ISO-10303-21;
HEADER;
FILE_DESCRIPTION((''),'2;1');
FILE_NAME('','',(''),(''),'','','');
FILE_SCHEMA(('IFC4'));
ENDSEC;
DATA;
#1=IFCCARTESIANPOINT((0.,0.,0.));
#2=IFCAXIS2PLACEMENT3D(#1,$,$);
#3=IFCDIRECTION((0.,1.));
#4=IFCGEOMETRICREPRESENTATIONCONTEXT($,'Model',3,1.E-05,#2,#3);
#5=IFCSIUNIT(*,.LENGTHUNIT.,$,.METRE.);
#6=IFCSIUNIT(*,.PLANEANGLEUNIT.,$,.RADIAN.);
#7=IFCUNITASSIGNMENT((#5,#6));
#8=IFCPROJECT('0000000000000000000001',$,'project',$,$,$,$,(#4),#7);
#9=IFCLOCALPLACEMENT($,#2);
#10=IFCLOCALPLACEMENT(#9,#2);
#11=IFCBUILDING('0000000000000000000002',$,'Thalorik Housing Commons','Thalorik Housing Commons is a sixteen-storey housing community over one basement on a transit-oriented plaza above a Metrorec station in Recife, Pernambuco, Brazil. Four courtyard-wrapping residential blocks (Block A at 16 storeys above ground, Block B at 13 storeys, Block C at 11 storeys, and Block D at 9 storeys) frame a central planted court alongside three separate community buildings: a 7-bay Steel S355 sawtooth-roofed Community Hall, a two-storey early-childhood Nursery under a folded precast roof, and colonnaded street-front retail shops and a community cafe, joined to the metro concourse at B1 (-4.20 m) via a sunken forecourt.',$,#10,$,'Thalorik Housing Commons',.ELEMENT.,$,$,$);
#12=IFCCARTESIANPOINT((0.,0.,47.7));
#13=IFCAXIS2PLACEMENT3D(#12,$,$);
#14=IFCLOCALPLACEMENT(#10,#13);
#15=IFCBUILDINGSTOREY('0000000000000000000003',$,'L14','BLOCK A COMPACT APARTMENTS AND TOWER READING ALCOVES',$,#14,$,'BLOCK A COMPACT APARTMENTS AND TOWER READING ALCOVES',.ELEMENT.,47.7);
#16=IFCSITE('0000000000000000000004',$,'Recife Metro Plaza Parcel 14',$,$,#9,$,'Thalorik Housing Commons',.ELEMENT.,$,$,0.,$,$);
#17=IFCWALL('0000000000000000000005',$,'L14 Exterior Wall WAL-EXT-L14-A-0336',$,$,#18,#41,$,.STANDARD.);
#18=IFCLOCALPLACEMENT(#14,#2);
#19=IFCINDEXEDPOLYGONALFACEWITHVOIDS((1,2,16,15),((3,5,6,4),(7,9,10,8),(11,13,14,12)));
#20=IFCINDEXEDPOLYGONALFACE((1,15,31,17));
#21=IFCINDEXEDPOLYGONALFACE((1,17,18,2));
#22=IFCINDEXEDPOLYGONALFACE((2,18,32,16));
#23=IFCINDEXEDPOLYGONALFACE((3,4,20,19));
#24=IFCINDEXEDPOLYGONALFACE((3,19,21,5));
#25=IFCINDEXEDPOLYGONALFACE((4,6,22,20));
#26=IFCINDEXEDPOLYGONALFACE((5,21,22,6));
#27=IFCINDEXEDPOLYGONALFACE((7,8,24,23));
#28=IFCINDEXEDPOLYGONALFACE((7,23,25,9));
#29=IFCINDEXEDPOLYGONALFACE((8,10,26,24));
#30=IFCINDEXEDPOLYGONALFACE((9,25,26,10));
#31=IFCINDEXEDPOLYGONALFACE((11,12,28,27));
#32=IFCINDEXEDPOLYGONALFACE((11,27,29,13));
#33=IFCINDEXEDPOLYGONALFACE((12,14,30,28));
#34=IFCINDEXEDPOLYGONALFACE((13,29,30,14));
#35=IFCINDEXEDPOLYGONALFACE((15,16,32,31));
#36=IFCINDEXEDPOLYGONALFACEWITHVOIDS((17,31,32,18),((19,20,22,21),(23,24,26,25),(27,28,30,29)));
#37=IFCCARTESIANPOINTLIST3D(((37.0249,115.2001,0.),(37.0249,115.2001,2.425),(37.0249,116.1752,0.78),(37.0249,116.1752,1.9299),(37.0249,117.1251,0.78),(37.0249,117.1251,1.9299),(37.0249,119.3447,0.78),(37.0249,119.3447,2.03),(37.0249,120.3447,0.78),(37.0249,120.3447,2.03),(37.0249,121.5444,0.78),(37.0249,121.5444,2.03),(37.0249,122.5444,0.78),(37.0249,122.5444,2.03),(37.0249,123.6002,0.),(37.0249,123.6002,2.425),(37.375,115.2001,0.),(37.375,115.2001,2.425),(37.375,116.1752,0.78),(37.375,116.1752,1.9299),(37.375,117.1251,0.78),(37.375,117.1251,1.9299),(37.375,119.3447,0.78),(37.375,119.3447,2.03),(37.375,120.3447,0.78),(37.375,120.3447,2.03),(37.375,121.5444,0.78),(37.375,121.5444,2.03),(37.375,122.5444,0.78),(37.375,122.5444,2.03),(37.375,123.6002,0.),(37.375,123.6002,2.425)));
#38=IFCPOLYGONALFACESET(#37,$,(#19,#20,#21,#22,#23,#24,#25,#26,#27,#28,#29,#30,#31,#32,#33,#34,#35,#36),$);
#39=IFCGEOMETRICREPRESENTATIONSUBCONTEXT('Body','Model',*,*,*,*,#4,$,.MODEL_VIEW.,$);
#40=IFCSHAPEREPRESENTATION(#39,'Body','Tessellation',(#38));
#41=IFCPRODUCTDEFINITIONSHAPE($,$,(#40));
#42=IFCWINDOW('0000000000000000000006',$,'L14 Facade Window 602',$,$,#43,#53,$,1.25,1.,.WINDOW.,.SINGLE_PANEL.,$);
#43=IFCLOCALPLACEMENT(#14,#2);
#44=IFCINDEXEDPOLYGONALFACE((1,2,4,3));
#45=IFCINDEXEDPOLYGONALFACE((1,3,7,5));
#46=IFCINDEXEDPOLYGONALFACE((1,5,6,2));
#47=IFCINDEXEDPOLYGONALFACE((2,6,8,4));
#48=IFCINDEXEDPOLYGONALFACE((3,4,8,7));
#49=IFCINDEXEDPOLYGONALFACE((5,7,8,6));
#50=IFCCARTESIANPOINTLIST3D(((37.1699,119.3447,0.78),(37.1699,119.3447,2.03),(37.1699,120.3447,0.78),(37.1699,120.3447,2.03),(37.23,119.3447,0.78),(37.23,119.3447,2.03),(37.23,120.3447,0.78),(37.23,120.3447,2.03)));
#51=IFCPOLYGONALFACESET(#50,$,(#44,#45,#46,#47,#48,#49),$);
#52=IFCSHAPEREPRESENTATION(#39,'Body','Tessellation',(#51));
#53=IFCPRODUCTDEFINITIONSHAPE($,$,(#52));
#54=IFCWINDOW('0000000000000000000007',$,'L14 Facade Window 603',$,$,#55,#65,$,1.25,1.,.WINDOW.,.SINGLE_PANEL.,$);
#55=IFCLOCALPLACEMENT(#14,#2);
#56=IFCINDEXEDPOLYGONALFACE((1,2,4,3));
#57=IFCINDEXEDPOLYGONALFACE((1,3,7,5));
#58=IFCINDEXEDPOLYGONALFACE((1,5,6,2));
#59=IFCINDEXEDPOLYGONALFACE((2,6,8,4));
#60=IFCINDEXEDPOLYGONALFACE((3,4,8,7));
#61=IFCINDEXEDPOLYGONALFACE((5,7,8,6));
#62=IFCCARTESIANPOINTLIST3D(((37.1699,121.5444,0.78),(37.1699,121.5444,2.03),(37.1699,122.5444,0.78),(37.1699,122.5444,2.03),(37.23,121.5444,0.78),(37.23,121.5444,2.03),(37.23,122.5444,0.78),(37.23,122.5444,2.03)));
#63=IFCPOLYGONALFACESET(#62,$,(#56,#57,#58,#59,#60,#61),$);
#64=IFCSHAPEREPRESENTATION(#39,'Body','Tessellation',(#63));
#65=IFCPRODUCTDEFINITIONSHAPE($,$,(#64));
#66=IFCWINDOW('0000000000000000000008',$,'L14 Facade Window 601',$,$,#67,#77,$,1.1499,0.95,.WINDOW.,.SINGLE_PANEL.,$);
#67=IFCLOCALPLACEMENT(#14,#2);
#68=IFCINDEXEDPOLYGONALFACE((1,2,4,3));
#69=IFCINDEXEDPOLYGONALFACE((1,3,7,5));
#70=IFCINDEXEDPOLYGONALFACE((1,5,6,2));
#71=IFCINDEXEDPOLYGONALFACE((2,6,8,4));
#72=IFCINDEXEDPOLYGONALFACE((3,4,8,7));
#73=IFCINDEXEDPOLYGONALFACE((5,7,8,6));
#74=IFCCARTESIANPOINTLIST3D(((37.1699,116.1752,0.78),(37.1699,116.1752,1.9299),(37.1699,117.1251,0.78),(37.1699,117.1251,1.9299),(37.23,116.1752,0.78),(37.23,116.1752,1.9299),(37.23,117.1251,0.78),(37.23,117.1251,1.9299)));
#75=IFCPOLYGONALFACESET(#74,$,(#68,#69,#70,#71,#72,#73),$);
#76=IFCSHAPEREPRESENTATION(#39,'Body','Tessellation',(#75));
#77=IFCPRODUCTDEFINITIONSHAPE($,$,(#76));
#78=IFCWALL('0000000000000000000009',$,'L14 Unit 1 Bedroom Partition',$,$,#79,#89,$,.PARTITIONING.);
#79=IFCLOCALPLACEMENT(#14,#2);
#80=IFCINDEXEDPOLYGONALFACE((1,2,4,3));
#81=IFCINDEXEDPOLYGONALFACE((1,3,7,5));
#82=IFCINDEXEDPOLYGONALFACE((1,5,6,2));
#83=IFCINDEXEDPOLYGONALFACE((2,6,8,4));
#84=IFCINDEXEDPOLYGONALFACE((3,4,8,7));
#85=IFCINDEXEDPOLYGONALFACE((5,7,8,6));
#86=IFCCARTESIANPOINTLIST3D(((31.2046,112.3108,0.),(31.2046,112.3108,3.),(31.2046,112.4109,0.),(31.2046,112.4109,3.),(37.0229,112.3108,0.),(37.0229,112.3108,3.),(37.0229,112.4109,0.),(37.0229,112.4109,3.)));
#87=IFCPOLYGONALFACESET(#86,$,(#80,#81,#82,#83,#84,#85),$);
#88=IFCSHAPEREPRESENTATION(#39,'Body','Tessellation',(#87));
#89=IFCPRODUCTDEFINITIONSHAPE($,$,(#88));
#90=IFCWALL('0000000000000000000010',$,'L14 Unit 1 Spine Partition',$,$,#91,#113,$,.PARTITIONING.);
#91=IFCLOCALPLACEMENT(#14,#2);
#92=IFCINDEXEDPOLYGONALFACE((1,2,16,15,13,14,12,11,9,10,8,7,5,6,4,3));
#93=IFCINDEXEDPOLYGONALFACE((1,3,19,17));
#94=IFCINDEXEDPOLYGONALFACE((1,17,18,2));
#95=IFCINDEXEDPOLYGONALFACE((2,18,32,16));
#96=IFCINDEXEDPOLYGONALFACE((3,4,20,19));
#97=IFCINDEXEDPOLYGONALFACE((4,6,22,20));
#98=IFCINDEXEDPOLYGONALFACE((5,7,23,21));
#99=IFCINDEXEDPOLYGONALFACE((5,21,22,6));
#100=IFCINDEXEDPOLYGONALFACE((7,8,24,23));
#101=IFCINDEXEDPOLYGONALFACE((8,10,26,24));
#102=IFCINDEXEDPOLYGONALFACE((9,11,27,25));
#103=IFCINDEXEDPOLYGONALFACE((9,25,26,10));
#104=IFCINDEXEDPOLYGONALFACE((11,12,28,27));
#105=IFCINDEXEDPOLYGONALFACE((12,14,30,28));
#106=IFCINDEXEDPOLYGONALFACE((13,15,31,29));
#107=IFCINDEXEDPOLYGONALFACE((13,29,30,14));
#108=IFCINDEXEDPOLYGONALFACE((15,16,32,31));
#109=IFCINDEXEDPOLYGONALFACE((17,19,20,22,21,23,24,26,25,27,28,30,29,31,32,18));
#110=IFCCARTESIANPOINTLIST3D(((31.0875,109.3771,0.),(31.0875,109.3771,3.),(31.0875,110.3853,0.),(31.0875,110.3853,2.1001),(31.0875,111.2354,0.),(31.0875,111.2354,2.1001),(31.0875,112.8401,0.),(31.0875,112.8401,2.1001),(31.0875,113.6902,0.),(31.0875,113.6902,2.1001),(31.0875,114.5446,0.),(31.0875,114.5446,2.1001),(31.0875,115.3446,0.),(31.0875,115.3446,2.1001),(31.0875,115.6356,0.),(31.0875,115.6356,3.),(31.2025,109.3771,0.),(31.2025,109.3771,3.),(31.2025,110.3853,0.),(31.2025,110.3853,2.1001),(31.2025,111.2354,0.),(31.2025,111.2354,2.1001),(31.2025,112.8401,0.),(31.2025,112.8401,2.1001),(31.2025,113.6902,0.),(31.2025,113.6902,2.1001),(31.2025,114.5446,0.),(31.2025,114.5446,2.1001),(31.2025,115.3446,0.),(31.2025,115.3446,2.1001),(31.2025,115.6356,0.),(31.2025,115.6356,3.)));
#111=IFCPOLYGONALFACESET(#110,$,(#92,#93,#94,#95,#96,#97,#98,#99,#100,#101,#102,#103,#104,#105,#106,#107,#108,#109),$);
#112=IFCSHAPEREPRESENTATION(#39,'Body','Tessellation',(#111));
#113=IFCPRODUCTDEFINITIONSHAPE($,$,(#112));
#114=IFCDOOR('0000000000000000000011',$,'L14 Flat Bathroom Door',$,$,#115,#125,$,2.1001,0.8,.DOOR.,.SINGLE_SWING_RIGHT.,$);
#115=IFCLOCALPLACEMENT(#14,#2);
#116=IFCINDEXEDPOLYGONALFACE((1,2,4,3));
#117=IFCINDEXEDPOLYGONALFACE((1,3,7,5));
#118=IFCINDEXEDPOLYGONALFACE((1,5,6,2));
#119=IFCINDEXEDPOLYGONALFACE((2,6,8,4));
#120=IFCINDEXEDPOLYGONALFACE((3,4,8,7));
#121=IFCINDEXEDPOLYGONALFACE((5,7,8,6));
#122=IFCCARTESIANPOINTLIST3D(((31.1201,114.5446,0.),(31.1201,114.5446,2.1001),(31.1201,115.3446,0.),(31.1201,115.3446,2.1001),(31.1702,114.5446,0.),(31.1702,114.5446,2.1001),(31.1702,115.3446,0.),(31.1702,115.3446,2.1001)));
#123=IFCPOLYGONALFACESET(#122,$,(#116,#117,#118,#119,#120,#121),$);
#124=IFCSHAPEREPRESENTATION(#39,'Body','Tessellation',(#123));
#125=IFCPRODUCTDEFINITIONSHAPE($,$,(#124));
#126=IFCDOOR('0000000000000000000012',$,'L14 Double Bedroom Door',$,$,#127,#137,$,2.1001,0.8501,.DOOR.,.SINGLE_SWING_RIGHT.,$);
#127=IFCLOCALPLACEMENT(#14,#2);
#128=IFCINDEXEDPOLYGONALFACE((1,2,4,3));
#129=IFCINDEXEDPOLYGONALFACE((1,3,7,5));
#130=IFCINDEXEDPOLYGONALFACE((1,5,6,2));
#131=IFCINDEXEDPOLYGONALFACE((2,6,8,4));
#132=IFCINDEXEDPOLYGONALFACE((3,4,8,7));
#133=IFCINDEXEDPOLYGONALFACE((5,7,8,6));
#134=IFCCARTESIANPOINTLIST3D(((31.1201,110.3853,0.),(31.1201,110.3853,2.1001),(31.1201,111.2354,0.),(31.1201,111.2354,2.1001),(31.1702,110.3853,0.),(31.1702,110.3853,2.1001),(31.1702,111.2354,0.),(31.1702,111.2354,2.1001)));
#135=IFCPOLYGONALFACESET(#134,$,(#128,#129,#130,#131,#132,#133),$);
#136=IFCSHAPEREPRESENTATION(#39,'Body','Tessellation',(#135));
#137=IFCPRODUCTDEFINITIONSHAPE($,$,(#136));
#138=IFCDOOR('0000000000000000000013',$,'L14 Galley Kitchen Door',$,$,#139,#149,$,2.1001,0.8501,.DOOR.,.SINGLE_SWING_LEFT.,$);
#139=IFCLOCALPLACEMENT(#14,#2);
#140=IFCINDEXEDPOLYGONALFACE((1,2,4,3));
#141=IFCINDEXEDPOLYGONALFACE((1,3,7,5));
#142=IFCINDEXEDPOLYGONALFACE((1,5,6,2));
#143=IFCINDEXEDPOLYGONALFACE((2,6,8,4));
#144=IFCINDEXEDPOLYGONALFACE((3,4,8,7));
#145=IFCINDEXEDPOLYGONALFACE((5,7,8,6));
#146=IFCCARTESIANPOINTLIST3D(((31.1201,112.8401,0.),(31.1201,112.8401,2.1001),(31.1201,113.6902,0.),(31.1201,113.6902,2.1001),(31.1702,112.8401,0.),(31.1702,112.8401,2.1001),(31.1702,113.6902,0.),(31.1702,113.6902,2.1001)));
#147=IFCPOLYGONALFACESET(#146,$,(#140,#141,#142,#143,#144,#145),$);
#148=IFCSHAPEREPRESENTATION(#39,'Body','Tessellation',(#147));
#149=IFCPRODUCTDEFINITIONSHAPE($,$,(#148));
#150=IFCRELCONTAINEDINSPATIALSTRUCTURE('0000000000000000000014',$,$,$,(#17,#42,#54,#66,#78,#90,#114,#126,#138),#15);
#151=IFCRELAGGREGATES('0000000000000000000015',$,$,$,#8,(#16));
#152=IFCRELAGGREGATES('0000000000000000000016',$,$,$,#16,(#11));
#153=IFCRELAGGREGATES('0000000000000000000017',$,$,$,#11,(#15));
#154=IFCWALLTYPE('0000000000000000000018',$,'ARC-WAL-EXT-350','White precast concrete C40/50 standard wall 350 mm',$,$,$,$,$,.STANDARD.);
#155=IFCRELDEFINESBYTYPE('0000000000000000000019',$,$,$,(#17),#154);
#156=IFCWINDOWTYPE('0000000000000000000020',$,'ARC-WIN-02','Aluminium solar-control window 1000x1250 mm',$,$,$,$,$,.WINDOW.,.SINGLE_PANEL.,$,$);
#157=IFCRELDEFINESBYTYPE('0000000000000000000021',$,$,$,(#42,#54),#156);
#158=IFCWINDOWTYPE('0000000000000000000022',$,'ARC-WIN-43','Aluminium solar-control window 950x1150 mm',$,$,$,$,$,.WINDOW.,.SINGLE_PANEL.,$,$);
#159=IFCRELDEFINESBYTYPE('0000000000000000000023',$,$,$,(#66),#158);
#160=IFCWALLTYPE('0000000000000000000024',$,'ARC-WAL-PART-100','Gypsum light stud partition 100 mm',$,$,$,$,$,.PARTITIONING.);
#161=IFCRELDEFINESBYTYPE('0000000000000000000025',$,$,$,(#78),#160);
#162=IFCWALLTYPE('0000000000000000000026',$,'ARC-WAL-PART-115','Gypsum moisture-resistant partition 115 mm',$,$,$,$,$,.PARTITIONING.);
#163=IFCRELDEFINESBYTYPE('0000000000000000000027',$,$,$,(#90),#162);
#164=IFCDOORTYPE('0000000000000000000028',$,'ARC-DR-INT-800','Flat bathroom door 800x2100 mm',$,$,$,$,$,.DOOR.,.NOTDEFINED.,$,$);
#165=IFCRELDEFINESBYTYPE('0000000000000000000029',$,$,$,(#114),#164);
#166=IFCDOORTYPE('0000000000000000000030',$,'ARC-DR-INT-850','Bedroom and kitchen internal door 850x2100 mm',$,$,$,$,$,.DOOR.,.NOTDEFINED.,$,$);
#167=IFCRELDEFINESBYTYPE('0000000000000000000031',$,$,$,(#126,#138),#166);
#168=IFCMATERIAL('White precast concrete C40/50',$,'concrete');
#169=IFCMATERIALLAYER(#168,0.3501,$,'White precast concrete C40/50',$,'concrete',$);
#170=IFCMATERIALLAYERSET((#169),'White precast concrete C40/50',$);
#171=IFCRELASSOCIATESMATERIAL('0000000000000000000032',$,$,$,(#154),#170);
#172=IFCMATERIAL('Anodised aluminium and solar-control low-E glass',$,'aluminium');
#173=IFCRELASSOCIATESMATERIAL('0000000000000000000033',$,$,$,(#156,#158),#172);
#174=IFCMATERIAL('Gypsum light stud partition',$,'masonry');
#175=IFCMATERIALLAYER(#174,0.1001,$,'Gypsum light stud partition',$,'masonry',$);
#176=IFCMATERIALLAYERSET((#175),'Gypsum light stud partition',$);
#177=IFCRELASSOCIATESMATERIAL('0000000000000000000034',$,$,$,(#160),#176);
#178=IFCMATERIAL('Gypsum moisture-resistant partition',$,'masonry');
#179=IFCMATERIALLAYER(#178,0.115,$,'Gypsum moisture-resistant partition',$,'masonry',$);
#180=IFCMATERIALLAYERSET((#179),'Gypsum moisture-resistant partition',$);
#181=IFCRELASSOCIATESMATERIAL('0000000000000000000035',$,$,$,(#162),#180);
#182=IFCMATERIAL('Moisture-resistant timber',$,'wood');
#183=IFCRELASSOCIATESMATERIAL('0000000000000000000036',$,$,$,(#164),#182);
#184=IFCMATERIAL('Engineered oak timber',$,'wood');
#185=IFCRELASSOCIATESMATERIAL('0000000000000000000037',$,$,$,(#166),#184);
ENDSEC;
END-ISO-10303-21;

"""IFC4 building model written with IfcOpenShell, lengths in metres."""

from ifc_helpers import new_model, si_unit, direction, frame, frame_2d, origin, place, context, subcontext, project, spatial, rectangle, extrude, material, layer, layer_set, type_object, element, fill, save


model = new_model("IFC4")

# Units and contexts
model_context = context("Model", 3, precision=1e-05, world=origin(), true_north=direction((0.0, 1.0)))
body_context = subcontext(model_context, "Body", "Model", "MODEL_VIEW")
ifc_project = project(units=[si_unit("LENGTHUNIT", "METRE"), si_unit("PLANEANGLEUNIT", "RADIAN")], contexts=[model_context])

# Site, building, storey
site_placement = place(None, origin())
site = spatial("IfcSite", under=ifc_project, at=site_placement, Name="Recife Metro Plaza Parcel 14", LongName="Thalorik Housing Commons", CompositionType="ELEMENT", RefElevation=0.0)
building_placement = place(site_placement, origin())
building = spatial("IfcBuilding", under=site, at=building_placement, Name="Thalorik Housing Commons", Description="Thalorik Housing Commons is a sixteen-storey housing community over one basement on a transit-oriented plaza above a Metrorec station in Recife, Pernambuco, Brazil. Four courtyard-wrapping residential blocks (Block A at 16 storeys above ground, Block B at 13 storeys, Block C at 11 storeys, and Block D at 9 storeys) frame a central planted court alongside three separate community buildings: a 7-bay Steel S355 sawtooth-roofed Community Hall, a two-storey early-childhood Nursery under a folded precast roof, and colonnaded street-front retail shops and a community cafe, joined to the metro concourse at B1 (-4.20 m) via a sunken forecourt.", LongName="Thalorik Housing Commons", CompositionType="ELEMENT")
storey_placement = place(building_placement, frame((0.0, 0.0, 47.7)))
storey = spatial("IfcBuildingStorey", under=building, at=storey_placement, Name="L14", Description="BLOCK A COMPACT APARTMENTS AND TOWER READING ALCOVES", LongName="BLOCK A COMPACT APARTMENTS AND TOWER READING ALCOVES", CompositionType="ELEMENT", Elevation=47.7)

# Wall, openings, windows
ifc_material_1 = material(Name="White precast concrete C40/50", Category="concrete")
ifc_layer_1 = layer(ifc_material_1, 0.3501, Name="White precast concrete C40/50", Category="concrete")
ifc_layer_set_1 = layer_set([ifc_layer_1], Name="White precast concrete C40/50")
wall_type_1 = type_object("IfcWallType", Name="ARC-WAL-EXT-350", Description="White precast concrete C40/50 standard wall 350 mm", PredefinedType="STANDARD", material=ifc_layer_set_1)
ifc_material_2 = material(Name="Anodised aluminium and solar-control low-E glass", Category="aluminium")
wall_1_placement = place(storey_placement, frame((37.2, 115.2, 0.0), z_axis=(0.0, 0.0, 1.0), x_axis=(0.0, 1.0, 0.0)))
wall_1 = element("IfcWall", 1, at=wall_1_placement, inside=storey, type_object=wall_type_1, Name="L14 Exterior Wall WAL-EXT-L14-A-0336", PredefinedType="STANDARD", context=body_context, shape_type="SweptSolid", body=[
    extrude(rectangle(XDim=8.4001, YDim=0.3501, at=frame_2d((4.2002, 0.0))), origin(), (0.0, 0.0, 1.0), 2.425),
])
opening_1_placement = place(wall_1_placement, frame((0.9751, 0.0, 0.78)))
opening_1 = element("IfcOpeningElement", 2, at=opening_1_placement, cuts=wall_1, PredefinedType="OPENING", context=body_context, shape_type="SweptSolid", body=[
    extrude(rectangle(XDim=0.95, YDim=1.1499, at=frame_2d((0.4751, 0.575))), frame((0.0, 0.1851, 0.0), z_axis=(0.0, -1.0, 0.0), x_axis=(1.0, 0.0, 0.0)), (0.0, 0.0, 1.0), 0.3701),
])
opening_2_placement = place(wall_1_placement, frame((4.1448, 0.0, 0.78)))
opening_2 = element("IfcOpeningElement", 3, at=opening_2_placement, cuts=wall_1, PredefinedType="OPENING", context=body_context, shape_type="SweptSolid", body=[
    extrude(rectangle(XDim=1.0, YDim=1.25, at=frame_2d((0.5, 0.625))), frame((0.0, 0.1851, 0.0), z_axis=(0.0, -1.0, 0.0), x_axis=(1.0, 0.0, 0.0)), (0.0, 0.0, 1.0), 0.3701),
])
opening_3_placement = place(wall_1_placement, frame((6.3445, 0.0, 0.78)))
opening_3 = element("IfcOpeningElement", 4, at=opening_3_placement, cuts=wall_1, PredefinedType="OPENING", context=body_context, shape_type="SweptSolid", body=[
    extrude(rectangle(XDim=1.0, YDim=1.25, at=frame_2d((0.5, 0.625))), frame((0.0, 0.1851, 0.0), z_axis=(0.0, -1.0, 0.0), x_axis=(1.0, 0.0, 0.0)), (0.0, 0.0, 1.0), 0.3701),
])
window_type_1 = type_object("IfcWindowType", Name="ARC-WIN-02", Description="Aluminium solar-control window 1000x1250 mm", PartitioningType="SINGLE_PANEL", PredefinedType="WINDOW", material=ifc_material_2)
window_1_placement = place(opening_2_placement, origin())
window_1 = element("IfcWindow", 5, at=window_1_placement, inside=storey, type_object=window_type_1, Name="L14 Facade Window 602", OverallHeight=1.25, OverallWidth=1.0, PartitioningType="SINGLE_PANEL", PredefinedType="WINDOW", context=body_context, shape_type="SweptSolid", body=[
    extrude(rectangle(XDim=1.0, YDim=1.25, at=frame_2d((0.5, 0.625))), frame((0.0, 0.03, 0.0), z_axis=(0.0, -1.0, 0.0), x_axis=(1.0, 0.0, 0.0)), (0.0, 0.0, 1.0), 0.0601),
])
fill(opening_2, window_1)
window_2_placement = place(opening_3_placement, origin())
window_2 = element("IfcWindow", 6, at=window_2_placement, inside=storey, type_object=window_type_1, Name="L14 Facade Window 603", OverallHeight=1.25, OverallWidth=1.0, PartitioningType="SINGLE_PANEL", PredefinedType="WINDOW", context=body_context, shape_type="SweptSolid", body=[
    extrude(rectangle(XDim=1.0, YDim=1.25, at=frame_2d((0.5, 0.625))), frame((0.0, 0.03, 0.0), z_axis=(0.0, -1.0, 0.0), x_axis=(1.0, 0.0, 0.0)), (0.0, 0.0, 1.0), 0.0601),
])
fill(opening_3, window_2)
window_type_2 = type_object("IfcWindowType", Name="ARC-WIN-43", Description="Aluminium solar-control window 950x1150 mm", PartitioningType="SINGLE_PANEL", PredefinedType="WINDOW", material=ifc_material_2)
window_3_placement = place(opening_1_placement, origin())
window_3 = element("IfcWindow", 7, at=window_3_placement, inside=storey, type_object=window_type_2, Name="L14 Facade Window 601", OverallHeight=1.1499, OverallWidth=0.95, PartitioningType="SINGLE_PANEL", PredefinedType="WINDOW", context=body_context, shape_type="SweptSolid", body=[
    extrude(rectangle(XDim=0.95, YDim=1.1499, at=frame_2d((0.4751, 0.575))), frame((0.0, 0.03, 0.0), z_axis=(0.0, -1.0, 0.0), x_axis=(1.0, 0.0, 0.0)), (0.0, 0.0, 1.0), 0.0601),
])
fill(opening_1, window_3)

# Wall
ifc_material_3 = material(Name="Gypsum light stud partition", Category="masonry")
ifc_layer_2 = layer(ifc_material_3, 0.1001, Name="Gypsum light stud partition", Category="masonry")
ifc_layer_set_2 = layer_set([ifc_layer_2], Name="Gypsum light stud partition")
wall_type_2 = type_object("IfcWallType", Name="ARC-WAL-PART-100", Description="Gypsum light stud partition 100 mm", PredefinedType="PARTITIONING", material=ifc_layer_set_2)
wall_2_placement = place(storey_placement, frame((31.2046, 112.3608, 0.0), z_axis=(0.0, 0.0, 1.0), x_axis=(1.0, 0.0, 0.0)))
element("IfcWall", 8, at=wall_2_placement, inside=storey, type_object=wall_type_2, Name="L14 Unit 1 Bedroom Partition", PredefinedType="PARTITIONING", context=body_context, shape_type="SweptSolid", body=[
    extrude(rectangle(XDim=5.8184, YDim=0.1001, at=frame_2d((2.9092, 0.0))), origin(), (0.0, 0.0, 1.0), 3.0),
])

# Wall, openings, doors
ifc_material_4 = material(Name="Gypsum moisture-resistant partition", Category="masonry")
ifc_layer_3 = layer(ifc_material_4, 0.115, Name="Gypsum moisture-resistant partition", Category="masonry")
ifc_layer_set_3 = layer_set([ifc_layer_3], Name="Gypsum moisture-resistant partition")
wall_type_3 = type_object("IfcWallType", Name="ARC-WAL-PART-115", Description="Gypsum moisture-resistant partition 115 mm", PredefinedType="PARTITIONING", material=ifc_layer_set_3)
wall_3_placement = place(storey_placement, frame((31.145, 109.377, 0.0), z_axis=(0.0, 0.0, 1.0), x_axis=(0.0, 1.0, 0.0)))
wall_3 = element("IfcWall", 9, at=wall_3_placement, inside=storey, type_object=wall_type_3, Name="L14 Unit 1 Spine Partition", PredefinedType="PARTITIONING", context=body_context, shape_type="SweptSolid", body=[
    extrude(rectangle(XDim=6.2585, YDim=0.115, at=frame_2d((3.1294, 0.0))), origin(), (0.0, 0.0, 1.0), 3.0),
])
opening_4_placement = place(wall_3_placement, frame((1.0083, 0.0, 0.0)))
opening_4 = element("IfcOpeningElement", 10, at=opening_4_placement, cuts=wall_3, PredefinedType="OPENING", context=body_context, shape_type="SweptSolid", body=[
    extrude(rectangle(XDim=0.8501, YDim=2.1001, at=frame_2d((0.425, 1.05))), frame((0.0, 0.0674, 0.0), z_axis=(0.0, -1.0, 0.0), x_axis=(1.0, 0.0, 0.0)), (0.0, 0.0, 1.0), 0.135),
])
opening_5_placement = place(wall_3_placement, frame((3.4631, 0.0, 0.0)))
opening_5 = element("IfcOpeningElement", 11, at=opening_5_placement, cuts=wall_3, PredefinedType="OPENING", context=body_context, shape_type="SweptSolid", body=[
    extrude(rectangle(XDim=0.8501, YDim=2.1001, at=frame_2d((0.425, 1.05))), frame((0.0, 0.0674, 0.0), z_axis=(0.0, -1.0, 0.0), x_axis=(1.0, 0.0, 0.0)), (0.0, 0.0, 1.0), 0.135),
])
opening_6_placement = place(wall_3_placement, frame((5.1677, 0.0, 0.0)))
opening_6 = element("IfcOpeningElement", 12, at=opening_6_placement, cuts=wall_3, PredefinedType="OPENING", context=body_context, shape_type="SweptSolid", body=[
    extrude(rectangle(XDim=0.8, YDim=2.1001, at=frame_2d((0.3999, 1.05))), frame((0.0, 0.0674, 0.0), z_axis=(0.0, -1.0, 0.0), x_axis=(1.0, 0.0, 0.0)), (0.0, 0.0, 1.0), 0.135),
])
ifc_material_5 = material(Name="Moisture-resistant timber", Category="wood")
door_type_1 = type_object("IfcDoorType", Name="ARC-DR-INT-800", Description="Flat bathroom door 800x2100 mm", OperationType="NOTDEFINED", PredefinedType="DOOR", material=ifc_material_5)
door_1_placement = place(opening_6_placement, origin())
door_1 = element("IfcDoor", 13, at=door_1_placement, inside=storey, type_object=door_type_1, Name="L14 Flat Bathroom Door", OperationType="SINGLE_SWING_RIGHT", OverallHeight=2.1001, OverallWidth=0.8, PredefinedType="DOOR", context=body_context, shape_type="SweptSolid", body=[
    extrude(rectangle(XDim=0.8, YDim=2.1001, at=frame_2d((0.3999, 1.05))), frame((0.0, 0.0249, 0.0), z_axis=(0.0, -1.0, 0.0), x_axis=(1.0, 0.0, 0.0)), (0.0, 0.0, 1.0), 0.05),
])
fill(opening_6, door_1)
ifc_material_6 = material(Name="Engineered oak timber", Category="wood")
door_type_2 = type_object("IfcDoorType", Name="ARC-DR-INT-850", Description="Bedroom and kitchen internal door 850x2100 mm", OperationType="NOTDEFINED", PredefinedType="DOOR", material=ifc_material_6)
door_2_placement = place(opening_4_placement, origin())
door_2 = element("IfcDoor", 14, at=door_2_placement, inside=storey, type_object=door_type_2, Name="L14 Double Bedroom Door", OperationType="SINGLE_SWING_RIGHT", OverallHeight=2.1001, OverallWidth=0.8501, PredefinedType="DOOR", context=body_context, shape_type="SweptSolid", body=[
    extrude(rectangle(XDim=0.8501, YDim=2.1001, at=frame_2d((0.425, 1.05))), frame((0.0, 0.0249, 0.0), z_axis=(0.0, -1.0, 0.0), x_axis=(1.0, 0.0, 0.0)), (0.0, 0.0, 1.0), 0.05),
])
fill(opening_4, door_2)
door_3_placement = place(opening_5_placement, origin())
door_3 = element("IfcDoor", 15, at=door_3_placement, inside=storey, type_object=door_type_2, Name="L14 Galley Kitchen Door", OperationType="SINGLE_SWING_LEFT", OverallHeight=2.1001, OverallWidth=0.8501, PredefinedType="DOOR", context=body_context, shape_type="SweptSolid", body=[
    extrude(rectangle(XDim=0.8501, YDim=2.1001, at=frame_2d((0.425, 1.05))), frame((0.0, 0.0249, 0.0), z_axis=(0.0, -1.0, 0.0), x_axis=(1.0, 0.0, 0.0)), (0.0, 0.0, 1.0), 0.05),
])
fill(opening_5, door_3)

save(model, "model.ifc")
